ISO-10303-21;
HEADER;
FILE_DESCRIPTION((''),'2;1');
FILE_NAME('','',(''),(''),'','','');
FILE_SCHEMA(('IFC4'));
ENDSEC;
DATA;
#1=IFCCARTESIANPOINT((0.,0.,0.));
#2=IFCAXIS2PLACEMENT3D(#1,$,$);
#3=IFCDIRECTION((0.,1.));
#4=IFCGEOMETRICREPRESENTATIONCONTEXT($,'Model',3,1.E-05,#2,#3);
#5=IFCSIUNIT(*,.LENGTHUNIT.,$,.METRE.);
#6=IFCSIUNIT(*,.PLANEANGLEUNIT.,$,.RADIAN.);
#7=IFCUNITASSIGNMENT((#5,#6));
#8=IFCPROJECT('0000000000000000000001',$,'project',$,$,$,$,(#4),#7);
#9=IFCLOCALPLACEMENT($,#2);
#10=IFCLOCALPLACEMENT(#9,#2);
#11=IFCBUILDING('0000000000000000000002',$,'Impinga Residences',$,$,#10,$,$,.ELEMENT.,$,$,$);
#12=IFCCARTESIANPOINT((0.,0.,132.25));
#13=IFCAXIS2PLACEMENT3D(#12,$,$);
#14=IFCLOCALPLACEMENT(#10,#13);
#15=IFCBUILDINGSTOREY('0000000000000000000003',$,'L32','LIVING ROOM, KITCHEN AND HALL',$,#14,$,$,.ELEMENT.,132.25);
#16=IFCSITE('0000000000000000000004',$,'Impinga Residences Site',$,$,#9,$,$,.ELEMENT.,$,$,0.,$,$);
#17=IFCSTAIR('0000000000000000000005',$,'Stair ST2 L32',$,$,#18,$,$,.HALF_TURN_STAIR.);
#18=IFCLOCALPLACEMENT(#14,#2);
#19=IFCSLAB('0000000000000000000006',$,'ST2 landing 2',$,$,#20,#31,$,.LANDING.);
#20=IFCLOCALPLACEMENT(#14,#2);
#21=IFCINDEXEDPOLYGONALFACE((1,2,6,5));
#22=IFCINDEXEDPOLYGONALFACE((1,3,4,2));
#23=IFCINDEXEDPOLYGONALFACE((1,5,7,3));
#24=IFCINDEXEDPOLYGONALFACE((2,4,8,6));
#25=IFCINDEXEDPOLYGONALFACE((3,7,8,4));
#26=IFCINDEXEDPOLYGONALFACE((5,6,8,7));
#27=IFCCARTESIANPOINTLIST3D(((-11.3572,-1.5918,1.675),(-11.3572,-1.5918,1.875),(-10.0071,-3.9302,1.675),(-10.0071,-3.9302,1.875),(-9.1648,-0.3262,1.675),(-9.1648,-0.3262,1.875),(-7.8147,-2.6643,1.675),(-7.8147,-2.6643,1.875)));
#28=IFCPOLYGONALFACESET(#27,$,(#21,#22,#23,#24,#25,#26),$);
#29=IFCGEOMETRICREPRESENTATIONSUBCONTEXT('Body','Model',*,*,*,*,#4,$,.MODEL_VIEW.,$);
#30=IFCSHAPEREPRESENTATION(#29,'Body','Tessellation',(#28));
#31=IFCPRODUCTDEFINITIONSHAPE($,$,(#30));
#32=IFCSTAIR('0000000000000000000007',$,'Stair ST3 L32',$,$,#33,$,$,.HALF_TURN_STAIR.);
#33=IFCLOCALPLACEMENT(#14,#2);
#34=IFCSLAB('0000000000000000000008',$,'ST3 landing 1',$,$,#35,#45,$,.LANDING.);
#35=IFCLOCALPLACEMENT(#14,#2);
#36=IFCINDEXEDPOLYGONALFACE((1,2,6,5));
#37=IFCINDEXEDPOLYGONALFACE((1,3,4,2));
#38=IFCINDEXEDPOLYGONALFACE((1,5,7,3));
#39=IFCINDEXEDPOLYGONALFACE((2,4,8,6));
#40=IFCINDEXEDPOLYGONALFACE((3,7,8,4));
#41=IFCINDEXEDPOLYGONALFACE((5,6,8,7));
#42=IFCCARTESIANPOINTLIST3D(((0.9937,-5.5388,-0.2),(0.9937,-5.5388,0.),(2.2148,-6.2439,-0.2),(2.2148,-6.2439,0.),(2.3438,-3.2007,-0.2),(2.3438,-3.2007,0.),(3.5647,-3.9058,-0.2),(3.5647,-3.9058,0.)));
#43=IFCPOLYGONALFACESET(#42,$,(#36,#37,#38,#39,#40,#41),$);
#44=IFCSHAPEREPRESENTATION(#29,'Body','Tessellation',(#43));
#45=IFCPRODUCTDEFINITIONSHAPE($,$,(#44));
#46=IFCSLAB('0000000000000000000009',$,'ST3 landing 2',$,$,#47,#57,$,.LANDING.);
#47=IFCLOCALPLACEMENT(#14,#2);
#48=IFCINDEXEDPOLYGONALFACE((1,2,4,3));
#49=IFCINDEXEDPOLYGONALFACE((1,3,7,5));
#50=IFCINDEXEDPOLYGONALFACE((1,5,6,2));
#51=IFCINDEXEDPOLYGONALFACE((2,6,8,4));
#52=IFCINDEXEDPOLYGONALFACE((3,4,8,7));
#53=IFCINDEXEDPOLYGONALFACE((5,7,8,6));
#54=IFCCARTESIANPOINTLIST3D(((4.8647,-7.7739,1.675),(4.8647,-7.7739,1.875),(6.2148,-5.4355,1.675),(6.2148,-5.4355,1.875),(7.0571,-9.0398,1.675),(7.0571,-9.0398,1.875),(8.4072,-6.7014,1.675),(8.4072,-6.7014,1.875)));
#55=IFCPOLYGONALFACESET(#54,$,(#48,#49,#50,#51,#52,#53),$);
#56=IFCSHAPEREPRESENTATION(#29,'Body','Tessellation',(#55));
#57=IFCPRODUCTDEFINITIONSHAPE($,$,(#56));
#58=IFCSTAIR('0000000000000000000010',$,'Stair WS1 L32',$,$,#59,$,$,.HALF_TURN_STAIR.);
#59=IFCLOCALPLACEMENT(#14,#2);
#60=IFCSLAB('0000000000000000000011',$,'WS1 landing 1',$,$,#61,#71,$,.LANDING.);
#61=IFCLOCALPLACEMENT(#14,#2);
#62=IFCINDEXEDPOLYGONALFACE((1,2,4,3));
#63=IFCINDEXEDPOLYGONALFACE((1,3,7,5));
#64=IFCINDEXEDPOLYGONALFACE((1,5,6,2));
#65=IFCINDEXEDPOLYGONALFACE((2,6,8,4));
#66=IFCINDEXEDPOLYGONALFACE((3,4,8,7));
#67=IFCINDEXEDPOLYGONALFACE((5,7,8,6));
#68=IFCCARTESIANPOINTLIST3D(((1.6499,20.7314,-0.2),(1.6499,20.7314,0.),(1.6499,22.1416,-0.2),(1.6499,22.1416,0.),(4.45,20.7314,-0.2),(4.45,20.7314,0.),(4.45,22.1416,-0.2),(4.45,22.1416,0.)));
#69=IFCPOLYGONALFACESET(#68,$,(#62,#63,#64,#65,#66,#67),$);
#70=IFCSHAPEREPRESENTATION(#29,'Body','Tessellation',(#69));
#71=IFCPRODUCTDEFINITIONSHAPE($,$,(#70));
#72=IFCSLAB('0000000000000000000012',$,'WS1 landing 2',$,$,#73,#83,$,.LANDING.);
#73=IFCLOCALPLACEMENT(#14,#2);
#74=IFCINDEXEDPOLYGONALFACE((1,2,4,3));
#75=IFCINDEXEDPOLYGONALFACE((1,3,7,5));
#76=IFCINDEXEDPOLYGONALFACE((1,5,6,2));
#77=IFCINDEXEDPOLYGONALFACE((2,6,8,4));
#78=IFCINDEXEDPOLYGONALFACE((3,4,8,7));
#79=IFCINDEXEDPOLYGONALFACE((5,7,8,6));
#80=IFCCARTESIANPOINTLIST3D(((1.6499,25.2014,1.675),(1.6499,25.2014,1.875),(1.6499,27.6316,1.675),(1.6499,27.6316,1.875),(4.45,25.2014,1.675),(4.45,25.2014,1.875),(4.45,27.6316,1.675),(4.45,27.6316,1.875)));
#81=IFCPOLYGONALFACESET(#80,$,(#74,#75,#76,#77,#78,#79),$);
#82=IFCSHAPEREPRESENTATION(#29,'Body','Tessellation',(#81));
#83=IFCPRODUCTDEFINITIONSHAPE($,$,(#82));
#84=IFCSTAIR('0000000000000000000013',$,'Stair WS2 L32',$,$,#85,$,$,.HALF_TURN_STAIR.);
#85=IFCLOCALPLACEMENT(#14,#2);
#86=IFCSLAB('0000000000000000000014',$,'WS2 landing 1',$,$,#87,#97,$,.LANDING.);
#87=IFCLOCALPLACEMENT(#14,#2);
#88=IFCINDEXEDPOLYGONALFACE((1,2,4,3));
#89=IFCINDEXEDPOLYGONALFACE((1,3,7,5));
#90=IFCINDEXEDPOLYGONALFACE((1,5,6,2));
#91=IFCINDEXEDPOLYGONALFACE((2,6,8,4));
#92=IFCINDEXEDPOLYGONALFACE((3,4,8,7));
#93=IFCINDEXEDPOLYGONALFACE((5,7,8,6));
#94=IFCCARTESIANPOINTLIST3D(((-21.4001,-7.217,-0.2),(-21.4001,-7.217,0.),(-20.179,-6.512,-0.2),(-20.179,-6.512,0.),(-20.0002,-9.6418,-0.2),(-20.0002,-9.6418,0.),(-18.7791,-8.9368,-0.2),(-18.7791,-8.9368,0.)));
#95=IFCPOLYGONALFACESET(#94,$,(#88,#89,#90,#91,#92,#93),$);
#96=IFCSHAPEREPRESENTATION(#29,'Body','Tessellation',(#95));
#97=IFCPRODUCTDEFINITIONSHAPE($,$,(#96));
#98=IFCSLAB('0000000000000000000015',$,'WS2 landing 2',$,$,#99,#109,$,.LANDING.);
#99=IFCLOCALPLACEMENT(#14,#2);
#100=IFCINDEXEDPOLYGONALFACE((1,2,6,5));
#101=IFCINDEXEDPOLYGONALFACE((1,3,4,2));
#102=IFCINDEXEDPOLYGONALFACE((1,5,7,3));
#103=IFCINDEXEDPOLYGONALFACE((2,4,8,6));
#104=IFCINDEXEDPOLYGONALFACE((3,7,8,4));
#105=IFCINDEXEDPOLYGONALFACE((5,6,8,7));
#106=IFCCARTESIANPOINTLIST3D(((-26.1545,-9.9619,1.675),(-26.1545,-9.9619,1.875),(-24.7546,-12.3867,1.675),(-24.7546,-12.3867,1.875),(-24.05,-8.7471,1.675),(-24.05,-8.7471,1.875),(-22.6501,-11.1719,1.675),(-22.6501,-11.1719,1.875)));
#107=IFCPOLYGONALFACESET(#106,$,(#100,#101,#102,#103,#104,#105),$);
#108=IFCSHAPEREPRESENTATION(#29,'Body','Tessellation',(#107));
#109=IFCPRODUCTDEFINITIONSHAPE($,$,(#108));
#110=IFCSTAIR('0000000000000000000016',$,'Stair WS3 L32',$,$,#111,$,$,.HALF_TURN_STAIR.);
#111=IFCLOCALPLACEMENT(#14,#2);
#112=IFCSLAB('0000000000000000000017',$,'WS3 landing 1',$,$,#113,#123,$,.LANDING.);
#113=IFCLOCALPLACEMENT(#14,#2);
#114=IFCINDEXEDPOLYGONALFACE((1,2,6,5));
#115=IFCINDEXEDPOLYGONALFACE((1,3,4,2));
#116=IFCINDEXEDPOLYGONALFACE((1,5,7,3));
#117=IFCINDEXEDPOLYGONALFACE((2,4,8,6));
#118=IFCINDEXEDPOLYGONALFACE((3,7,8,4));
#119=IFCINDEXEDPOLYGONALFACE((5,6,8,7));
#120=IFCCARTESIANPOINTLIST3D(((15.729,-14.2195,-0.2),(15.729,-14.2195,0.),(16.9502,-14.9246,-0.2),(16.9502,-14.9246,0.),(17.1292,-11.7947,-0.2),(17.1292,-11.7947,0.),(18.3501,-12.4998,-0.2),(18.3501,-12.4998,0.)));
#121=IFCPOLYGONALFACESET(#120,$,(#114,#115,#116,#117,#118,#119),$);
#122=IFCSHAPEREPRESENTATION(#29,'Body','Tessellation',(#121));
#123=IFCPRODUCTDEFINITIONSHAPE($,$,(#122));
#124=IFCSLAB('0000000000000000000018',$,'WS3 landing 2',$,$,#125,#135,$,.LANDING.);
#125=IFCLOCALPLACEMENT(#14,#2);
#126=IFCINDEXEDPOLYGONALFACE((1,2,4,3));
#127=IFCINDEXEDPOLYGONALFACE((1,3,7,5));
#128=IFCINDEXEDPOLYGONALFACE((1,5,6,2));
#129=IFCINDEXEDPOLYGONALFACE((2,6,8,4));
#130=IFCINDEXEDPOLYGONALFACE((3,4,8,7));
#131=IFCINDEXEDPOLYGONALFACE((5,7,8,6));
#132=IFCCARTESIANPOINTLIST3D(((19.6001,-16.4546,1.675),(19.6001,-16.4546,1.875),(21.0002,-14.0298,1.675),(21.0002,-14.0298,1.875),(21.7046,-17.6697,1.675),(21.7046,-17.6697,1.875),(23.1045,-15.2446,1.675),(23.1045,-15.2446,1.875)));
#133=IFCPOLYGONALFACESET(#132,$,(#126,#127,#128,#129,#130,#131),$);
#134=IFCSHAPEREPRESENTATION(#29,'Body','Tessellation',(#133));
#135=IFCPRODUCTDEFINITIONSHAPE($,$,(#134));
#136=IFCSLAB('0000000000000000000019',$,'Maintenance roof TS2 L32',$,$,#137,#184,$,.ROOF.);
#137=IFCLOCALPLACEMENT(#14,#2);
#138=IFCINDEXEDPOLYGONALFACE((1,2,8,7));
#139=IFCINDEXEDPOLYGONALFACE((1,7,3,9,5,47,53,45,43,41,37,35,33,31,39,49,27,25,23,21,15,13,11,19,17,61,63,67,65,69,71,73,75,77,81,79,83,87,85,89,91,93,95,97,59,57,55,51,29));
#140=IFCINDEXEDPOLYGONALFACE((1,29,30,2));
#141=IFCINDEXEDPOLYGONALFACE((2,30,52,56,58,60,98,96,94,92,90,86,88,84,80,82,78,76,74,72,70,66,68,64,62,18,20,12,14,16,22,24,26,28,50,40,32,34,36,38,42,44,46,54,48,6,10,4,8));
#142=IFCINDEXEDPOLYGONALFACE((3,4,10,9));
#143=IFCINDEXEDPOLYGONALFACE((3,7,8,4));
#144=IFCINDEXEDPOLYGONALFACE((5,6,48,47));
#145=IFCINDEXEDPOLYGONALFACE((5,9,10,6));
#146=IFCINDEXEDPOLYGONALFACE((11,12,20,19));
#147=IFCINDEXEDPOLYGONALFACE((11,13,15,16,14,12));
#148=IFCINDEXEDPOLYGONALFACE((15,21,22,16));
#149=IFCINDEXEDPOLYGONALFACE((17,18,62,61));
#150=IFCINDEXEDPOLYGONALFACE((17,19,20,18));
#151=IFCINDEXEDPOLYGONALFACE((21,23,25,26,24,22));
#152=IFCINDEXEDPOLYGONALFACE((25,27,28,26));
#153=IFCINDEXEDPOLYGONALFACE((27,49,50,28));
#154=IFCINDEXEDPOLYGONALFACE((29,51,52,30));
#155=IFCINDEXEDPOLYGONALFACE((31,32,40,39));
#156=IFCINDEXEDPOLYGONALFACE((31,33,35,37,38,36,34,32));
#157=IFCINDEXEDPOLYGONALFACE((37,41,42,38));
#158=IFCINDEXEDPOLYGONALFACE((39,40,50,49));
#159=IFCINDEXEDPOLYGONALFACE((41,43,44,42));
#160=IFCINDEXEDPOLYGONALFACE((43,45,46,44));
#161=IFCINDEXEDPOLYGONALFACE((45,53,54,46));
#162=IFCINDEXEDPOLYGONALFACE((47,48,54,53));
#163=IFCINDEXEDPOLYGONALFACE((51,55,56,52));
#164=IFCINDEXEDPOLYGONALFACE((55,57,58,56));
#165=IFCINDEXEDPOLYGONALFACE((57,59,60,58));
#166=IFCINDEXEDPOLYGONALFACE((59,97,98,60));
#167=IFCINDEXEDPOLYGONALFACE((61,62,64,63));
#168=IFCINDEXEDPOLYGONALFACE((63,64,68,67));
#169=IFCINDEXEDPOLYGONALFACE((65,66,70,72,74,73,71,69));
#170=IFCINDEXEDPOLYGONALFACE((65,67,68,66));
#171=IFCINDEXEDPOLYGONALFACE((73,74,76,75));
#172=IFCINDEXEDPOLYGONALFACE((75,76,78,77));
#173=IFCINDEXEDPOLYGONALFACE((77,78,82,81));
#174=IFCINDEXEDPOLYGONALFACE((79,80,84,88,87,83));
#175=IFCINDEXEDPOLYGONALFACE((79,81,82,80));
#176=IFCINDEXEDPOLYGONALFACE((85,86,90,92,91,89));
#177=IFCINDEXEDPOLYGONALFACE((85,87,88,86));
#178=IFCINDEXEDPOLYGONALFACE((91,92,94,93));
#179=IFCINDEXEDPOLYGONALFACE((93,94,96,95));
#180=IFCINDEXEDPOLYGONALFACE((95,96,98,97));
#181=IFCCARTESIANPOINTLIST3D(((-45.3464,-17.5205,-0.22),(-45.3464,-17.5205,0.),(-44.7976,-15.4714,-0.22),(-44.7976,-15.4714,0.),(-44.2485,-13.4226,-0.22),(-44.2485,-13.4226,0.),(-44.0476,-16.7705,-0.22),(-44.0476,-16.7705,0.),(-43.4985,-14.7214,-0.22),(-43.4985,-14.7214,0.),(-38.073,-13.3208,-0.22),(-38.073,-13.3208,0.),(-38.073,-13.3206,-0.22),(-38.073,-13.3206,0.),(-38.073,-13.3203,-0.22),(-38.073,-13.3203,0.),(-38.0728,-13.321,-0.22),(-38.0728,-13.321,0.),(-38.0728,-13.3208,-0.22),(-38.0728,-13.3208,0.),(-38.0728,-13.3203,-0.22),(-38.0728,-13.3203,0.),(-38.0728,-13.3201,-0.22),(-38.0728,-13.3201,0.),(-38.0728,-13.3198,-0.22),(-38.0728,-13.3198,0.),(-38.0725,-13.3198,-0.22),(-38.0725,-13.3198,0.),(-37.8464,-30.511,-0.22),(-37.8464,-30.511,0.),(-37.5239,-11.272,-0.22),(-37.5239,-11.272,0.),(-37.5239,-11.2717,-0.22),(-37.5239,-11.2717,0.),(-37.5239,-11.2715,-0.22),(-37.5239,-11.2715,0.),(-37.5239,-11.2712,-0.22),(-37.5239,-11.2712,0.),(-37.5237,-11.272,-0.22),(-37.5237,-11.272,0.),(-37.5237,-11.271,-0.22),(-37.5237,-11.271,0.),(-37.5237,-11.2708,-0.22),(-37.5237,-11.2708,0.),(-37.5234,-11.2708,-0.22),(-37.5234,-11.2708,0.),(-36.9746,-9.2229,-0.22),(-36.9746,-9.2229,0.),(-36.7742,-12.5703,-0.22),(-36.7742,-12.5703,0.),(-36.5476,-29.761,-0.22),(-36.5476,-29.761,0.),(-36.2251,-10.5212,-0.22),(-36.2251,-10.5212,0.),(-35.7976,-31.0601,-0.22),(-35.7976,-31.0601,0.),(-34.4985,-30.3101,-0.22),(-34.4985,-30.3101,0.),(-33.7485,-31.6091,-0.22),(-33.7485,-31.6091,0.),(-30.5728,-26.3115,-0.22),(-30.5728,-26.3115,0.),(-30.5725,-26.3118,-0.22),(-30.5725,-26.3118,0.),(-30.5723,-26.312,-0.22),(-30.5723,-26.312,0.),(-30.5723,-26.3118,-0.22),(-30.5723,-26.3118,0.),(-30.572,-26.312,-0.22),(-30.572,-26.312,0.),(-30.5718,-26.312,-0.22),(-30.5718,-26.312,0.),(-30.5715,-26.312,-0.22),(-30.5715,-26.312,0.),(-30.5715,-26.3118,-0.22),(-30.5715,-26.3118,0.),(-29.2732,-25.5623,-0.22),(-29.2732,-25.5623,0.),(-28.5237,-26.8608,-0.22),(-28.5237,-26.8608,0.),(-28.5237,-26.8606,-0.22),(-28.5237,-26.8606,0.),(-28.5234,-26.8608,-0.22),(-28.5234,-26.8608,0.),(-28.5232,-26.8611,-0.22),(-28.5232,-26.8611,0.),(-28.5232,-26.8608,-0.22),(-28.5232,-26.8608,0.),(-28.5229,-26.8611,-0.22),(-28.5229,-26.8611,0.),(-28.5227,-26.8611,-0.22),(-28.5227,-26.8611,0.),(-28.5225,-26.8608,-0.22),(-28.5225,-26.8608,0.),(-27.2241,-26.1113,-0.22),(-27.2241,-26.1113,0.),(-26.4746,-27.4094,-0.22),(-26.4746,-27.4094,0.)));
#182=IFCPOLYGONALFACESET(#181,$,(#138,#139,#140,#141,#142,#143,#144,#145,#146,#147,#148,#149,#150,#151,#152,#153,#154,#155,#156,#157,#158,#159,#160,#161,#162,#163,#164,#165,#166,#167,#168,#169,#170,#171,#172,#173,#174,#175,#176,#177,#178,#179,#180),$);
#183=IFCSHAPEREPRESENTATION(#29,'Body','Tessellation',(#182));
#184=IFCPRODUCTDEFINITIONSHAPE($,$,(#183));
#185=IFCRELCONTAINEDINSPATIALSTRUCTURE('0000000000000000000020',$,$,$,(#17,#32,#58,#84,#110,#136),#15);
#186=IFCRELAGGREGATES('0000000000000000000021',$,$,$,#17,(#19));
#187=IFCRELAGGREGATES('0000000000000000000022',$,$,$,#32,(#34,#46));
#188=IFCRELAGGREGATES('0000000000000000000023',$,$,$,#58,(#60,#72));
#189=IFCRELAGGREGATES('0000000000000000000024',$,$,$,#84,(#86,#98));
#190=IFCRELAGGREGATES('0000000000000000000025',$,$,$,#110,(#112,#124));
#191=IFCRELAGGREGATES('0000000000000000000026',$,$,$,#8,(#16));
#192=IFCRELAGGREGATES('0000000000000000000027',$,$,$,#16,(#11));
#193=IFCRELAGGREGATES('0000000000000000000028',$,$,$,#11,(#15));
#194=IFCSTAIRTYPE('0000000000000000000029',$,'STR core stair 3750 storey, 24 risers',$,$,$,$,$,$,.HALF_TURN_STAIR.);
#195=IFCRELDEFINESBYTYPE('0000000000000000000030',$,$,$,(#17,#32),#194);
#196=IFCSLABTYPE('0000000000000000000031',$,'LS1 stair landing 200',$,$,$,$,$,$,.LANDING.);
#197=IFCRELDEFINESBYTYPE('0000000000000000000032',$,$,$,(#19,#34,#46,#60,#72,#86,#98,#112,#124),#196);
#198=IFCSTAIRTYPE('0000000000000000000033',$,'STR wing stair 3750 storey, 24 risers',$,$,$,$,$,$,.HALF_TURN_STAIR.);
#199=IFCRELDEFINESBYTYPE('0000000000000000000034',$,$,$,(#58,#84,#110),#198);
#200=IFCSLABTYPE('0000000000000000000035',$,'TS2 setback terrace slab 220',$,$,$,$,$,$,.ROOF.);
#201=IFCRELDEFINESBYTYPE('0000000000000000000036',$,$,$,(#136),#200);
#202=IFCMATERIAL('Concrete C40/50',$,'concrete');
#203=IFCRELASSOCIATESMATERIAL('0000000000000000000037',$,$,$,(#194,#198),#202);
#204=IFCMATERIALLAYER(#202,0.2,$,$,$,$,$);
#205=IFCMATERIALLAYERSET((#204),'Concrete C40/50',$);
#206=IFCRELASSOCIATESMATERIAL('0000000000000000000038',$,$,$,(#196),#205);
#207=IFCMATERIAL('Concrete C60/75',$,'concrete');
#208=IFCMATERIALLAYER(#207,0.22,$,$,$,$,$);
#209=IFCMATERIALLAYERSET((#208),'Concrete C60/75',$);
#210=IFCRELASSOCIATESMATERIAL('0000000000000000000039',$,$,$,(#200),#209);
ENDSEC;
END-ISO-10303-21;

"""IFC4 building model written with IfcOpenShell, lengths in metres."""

from ifc_helpers import new_model, si_unit, direction, frame, origin, place, context, subcontext, project, spatial, polyline, outline, extrude, material, layer, layer_set, type_object, element, aggregate, save


model = new_model("IFC4")

# Units and contexts
model_context = context("Model", 3, precision=1e-05, world=origin(), true_north=direction((0.0, 1.0)))
body_context = subcontext(model_context, "Body", "Model", "MODEL_VIEW")
ifc_project = project(units=[si_unit("LENGTHUNIT", "METRE"), si_unit("PLANEANGLEUNIT", "RADIAN")], contexts=[model_context])

# Site, building, storey
site_placement = place(None, origin())
site = spatial("IfcSite", under=ifc_project, at=site_placement, Name="Impinga Residences Site", CompositionType="ELEMENT", RefElevation=0.0)
building_placement = place(site_placement, origin())
building = spatial("IfcBuilding", under=site, at=building_placement, Name="Impinga Residences", CompositionType="ELEMENT")
storey_placement = place(building_placement, frame((0.0, 0.0, 132.25)))
storey = spatial("IfcBuildingStorey", under=building, at=storey_placement, Name="L32", Description="LIVING ROOM, KITCHEN AND HALL", CompositionType="ELEMENT", Elevation=132.25)

# Shared definitions
ifc_material_1 = material(Name="Concrete C60/75", Category="concrete")

# Stairs, slabs
ifc_material_2 = material(Name="Concrete C40/50", Category="concrete")
stair_type_1 = type_object("IfcStairType", Name="STR core stair 3750 storey, 24 risers", PredefinedType="HALF_TURN_STAIR", material=ifc_material_2)
ifc_layer_1 = layer(ifc_material_2, 0.2)
ifc_layer_set_1 = layer_set([ifc_layer_1], Name="Concrete C40/50")
slab_type_1 = type_object("IfcSlabType", Name="LS1 stair landing 200", PredefinedType="LANDING", material=ifc_layer_set_1)
stair_1_placement = place(storey_placement, origin())
stair_1 = element("IfcStair", 1, at=stair_1_placement, inside=storey, type_object=stair_type_1, Name="Stair ST2 L32", PredefinedType="HALF_TURN_STAIR")
slab_1_placement = place(storey_placement, frame((0.0, 0.0, 1.675)))
slab_1 = element("IfcSlab", 2, at=slab_1_placement, type_object=slab_type_1, Name="ST2 landing 2", PredefinedType="LANDING", context=body_context, shape_type="SweptSolid", body=[
    extrude(outline(polyline([(-7.8147, -2.6643), (-9.1648, -0.3262), (-11.3572, -1.5918), (-10.0071, -3.9302), (-7.8147, -2.6643)])), origin(), (0.0, 0.0, 1.0), 0.2),
])
aggregate(stair_1, [slab_1])
stair_2_placement = place(storey_placement, origin())
stair_2 = element("IfcStair", 3, at=stair_2_placement, inside=storey, type_object=stair_type_1, Name="Stair ST3 L32", PredefinedType="HALF_TURN_STAIR")
slab_2_placement = place(storey_placement, frame((0.0, 0.0, -0.2)))
slab_2 = element("IfcSlab", 4, at=slab_2_placement, type_object=slab_type_1, Name="ST3 landing 1", PredefinedType="LANDING", context=body_context, shape_type="SweptSolid", body=[
    extrude(outline(polyline([(2.3438, -3.2007), (0.9937, -5.5388), (2.2148, -6.2439), (3.5647, -3.9058), (2.3438, -3.2007)])), origin(), (0.0, 0.0, 1.0), 0.2),
])
slab_3_placement = place(storey_placement, frame((0.0, 0.0, 1.675)))
slab_3 = element("IfcSlab", 5, at=slab_3_placement, type_object=slab_type_1, Name="ST3 landing 2", PredefinedType="LANDING", context=body_context, shape_type="SweptSolid", body=[
    extrude(outline(polyline([(6.2148, -5.4355), (4.8647, -7.7739), (7.0571, -9.0398), (8.4072, -6.7014), (6.2148, -5.4355)])), origin(), (0.0, 0.0, 1.0), 0.2),
])
aggregate(stair_2, [slab_2, slab_3])
stair_type_2 = type_object("IfcStairType", Name="STR wing stair 3750 storey, 24 risers", PredefinedType="HALF_TURN_STAIR", material=ifc_material_2)
stair_3_placement = place(storey_placement, origin())
stair_3 = element("IfcStair", 6, at=stair_3_placement, inside=storey, type_object=stair_type_2, Name="Stair WS1 L32", PredefinedType="HALF_TURN_STAIR")
slab_4_placement = place(storey_placement, frame((0.0, 0.0, -0.2)))
slab_4 = element("IfcSlab", 7, at=slab_4_placement, type_object=slab_type_1, Name="WS1 landing 1", PredefinedType="LANDING", context=body_context, shape_type="SweptSolid", body=[
    extrude(outline(polyline([(1.6499, 20.7314), (4.45, 20.7314), (4.45, 22.1416), (1.6499, 22.1416), (1.6499, 20.7314)])), origin(), (0.0, 0.0, 1.0), 0.2),
])
slab_5_placement = place(storey_placement, frame((0.0, 0.0, 1.675)))
slab_5 = element("IfcSlab", 8, at=slab_5_placement, type_object=slab_type_1, Name="WS1 landing 2", PredefinedType="LANDING", context=body_context, shape_type="SweptSolid", body=[
    extrude(outline(polyline([(1.6499, 25.2014), (4.45, 25.2014), (4.45, 27.6316), (1.6499, 27.6316), (1.6499, 25.2014)])), origin(), (0.0, 0.0, 1.0), 0.2),
])
aggregate(stair_3, [slab_4, slab_5])
stair_4_placement = place(storey_placement, origin())
stair_4 = element("IfcStair", 9, at=stair_4_placement, inside=storey, type_object=stair_type_2, Name="Stair WS2 L32", PredefinedType="HALF_TURN_STAIR")
slab_6_placement = place(storey_placement, frame((0.0, 0.0, -0.2)))
slab_6 = element("IfcSlab", 10, at=slab_6_placement, type_object=slab_type_1, Name="WS2 landing 1", PredefinedType="LANDING", context=body_context, shape_type="SweptSolid", body=[
    extrude(outline(polyline([(-18.7791, -8.9368), (-20.179, -6.512), (-21.4001, -7.217), (-20.0002, -9.6418), (-18.7791, -8.9368)])), origin(), (0.0, 0.0, 1.0), 0.2),
])
slab_7_placement = place(storey_placement, frame((0.0, 0.0, 1.675)))
slab_7 = element("IfcSlab", 11, at=slab_7_placement, type_object=slab_type_1, Name="WS2 landing 2", PredefinedType="LANDING", context=body_context, shape_type="SweptSolid", body=[
    extrude(outline(polyline([(-22.6501, -11.1719), (-24.05, -8.7471), (-26.1545, -9.9619), (-24.7546, -12.3867), (-22.6501, -11.1719)])), origin(), (0.0, 0.0, 1.0), 0.2),
])
aggregate(stair_4, [slab_6, slab_7])
stair_5_placement = place(storey_placement, origin())
stair_5 = element("IfcStair", 12, at=stair_5_placement, inside=storey, type_object=stair_type_2, Name="Stair WS3 L32", PredefinedType="HALF_TURN_STAIR")
slab_8_placement = place(storey_placement, frame((0.0, 0.0, -0.2)))
slab_8 = element("IfcSlab", 13, at=slab_8_placement, type_object=slab_type_1, Name="WS3 landing 1", PredefinedType="LANDING", context=body_context, shape_type="SweptSolid", body=[
    extrude(outline(polyline([(17.1292, -11.7947), (15.729, -14.2195), (16.9502, -14.9246), (18.3501, -12.4998), (17.1292, -11.7947)])), origin(), (0.0, 0.0, 1.0), 0.2),
])
slab_9_placement = place(storey_placement, frame((0.0, 0.0, 1.675)))
slab_9 = element("IfcSlab", 14, at=slab_9_placement, type_object=slab_type_1, Name="WS3 landing 2", PredefinedType="LANDING", context=body_context, shape_type="SweptSolid", body=[
    extrude(outline(polyline([(21.0002, -14.0298), (19.6001, -16.4546), (21.7046, -17.6697), (23.1045, -15.2446), (21.0002, -14.0298)])), origin(), (0.0, 0.0, 1.0), 0.2),
])
aggregate(stair_5, [slab_8, slab_9])

# Slab
ifc_layer_2 = layer(ifc_material_1, 0.22)
ifc_layer_set_2 = layer_set([ifc_layer_2], Name="Concrete C60/75")
slab_type_2 = type_object("IfcSlabType", Name="TS2 setback terrace slab 220", PredefinedType="ROOF", material=ifc_layer_set_2)
slab_10_placement = place(storey_placement, frame((0.0, 0.0, -0.22)))
element("IfcSlab", 15, at=slab_10_placement, inside=storey, type_object=slab_type_2, Name="Maintenance roof TS2 L32", PredefinedType="ROOF", context=body_context, shape_type="SweptSolid", body=[
    extrude(outline(polyline([(-34.4985, -30.3101), (-35.7976, -31.0601), (-36.5476, -29.761), (-37.8464, -30.511), (-45.3464, -17.5205), (-44.0476, -16.7705), (-44.7976, -15.4714), (-43.4985, -14.7214), (-44.2485, -13.4226), (-36.9746, -9.2229), (-36.9746, -9.2229), (-36.2251, -10.5212), (-37.5234, -11.2708), (-37.5234, -11.2708), (-37.5234, -11.2708), (-37.5237, -11.2708), (-37.5237, -11.271), (-37.5237, -11.271), (-37.5237, -11.271), (-37.5239, -11.2712), (-37.5239, -11.2712), (-37.5239, -11.2715), (-37.5239, -11.2715), (-37.5239, -11.2715), (-37.5239, -11.2717), (-37.5239, -11.2717), (-37.5239, -11.272), (-37.5237, -11.272), (-37.5237, -11.272), (-36.7742, -12.5703), (-38.0725, -13.3198), (-38.0725, -13.3198), (-38.0725, -13.3198), (-38.0728, -13.3198), (-38.0728, -13.3201), (-38.0728, -13.3201), (-38.0728, -13.3201), (-38.0728, -13.3203), (-38.073, -13.3203), (-38.073, -13.3203), (-38.073, -13.3206), (-38.073, -13.3206), (-38.073, -13.3208), (-38.073, -13.3208), (-38.0728, -13.3208), (-38.0728, -13.321), (-38.0728, -13.321), (-30.5728, -26.3115), (-30.5728, -26.3115), (-30.5728, -26.3115), (-30.5725, -26.3118), (-30.5725, -26.3118), (-30.5725, -26.3118), (-30.5723, -26.3118), (-30.5723, -26.312), (-30.5723, -26.312), (-30.572, -26.312), (-30.572, -26.312), (-30.5718, -26.312), (-30.5718, -26.312), (-30.5718, -26.312), (-30.5715, -26.312), (-30.5715, -26.3118), (-30.5715, -26.3118), (-29.2732, -25.5623), (-28.5237, -26.8606), (-28.5237, -26.8606), (-28.5237, -26.8606), (-28.5237, -26.8608), (-28.5234, -26.8608), (-28.5234, -26.8608), (-28.5234, -26.8608), (-28.5232, -26.8608), (-28.5232, -26.8611), (-28.5229, -26.8611), (-28.5229, -26.8611), (-28.5229, -26.8611), (-28.5227, -26.8611), (-28.5227, -26.8611), (-28.5225, -26.8608), (-28.5225, -26.8608), (-28.5225, -26.8608), (-27.2241, -26.1113), (-26.4746, -27.4094), (-33.7485, -31.6091), (-34.4985, -30.3101)])), origin(), (0.0, 0.0, 1.0), 0.22),
])

save(model, "model.ifc")
